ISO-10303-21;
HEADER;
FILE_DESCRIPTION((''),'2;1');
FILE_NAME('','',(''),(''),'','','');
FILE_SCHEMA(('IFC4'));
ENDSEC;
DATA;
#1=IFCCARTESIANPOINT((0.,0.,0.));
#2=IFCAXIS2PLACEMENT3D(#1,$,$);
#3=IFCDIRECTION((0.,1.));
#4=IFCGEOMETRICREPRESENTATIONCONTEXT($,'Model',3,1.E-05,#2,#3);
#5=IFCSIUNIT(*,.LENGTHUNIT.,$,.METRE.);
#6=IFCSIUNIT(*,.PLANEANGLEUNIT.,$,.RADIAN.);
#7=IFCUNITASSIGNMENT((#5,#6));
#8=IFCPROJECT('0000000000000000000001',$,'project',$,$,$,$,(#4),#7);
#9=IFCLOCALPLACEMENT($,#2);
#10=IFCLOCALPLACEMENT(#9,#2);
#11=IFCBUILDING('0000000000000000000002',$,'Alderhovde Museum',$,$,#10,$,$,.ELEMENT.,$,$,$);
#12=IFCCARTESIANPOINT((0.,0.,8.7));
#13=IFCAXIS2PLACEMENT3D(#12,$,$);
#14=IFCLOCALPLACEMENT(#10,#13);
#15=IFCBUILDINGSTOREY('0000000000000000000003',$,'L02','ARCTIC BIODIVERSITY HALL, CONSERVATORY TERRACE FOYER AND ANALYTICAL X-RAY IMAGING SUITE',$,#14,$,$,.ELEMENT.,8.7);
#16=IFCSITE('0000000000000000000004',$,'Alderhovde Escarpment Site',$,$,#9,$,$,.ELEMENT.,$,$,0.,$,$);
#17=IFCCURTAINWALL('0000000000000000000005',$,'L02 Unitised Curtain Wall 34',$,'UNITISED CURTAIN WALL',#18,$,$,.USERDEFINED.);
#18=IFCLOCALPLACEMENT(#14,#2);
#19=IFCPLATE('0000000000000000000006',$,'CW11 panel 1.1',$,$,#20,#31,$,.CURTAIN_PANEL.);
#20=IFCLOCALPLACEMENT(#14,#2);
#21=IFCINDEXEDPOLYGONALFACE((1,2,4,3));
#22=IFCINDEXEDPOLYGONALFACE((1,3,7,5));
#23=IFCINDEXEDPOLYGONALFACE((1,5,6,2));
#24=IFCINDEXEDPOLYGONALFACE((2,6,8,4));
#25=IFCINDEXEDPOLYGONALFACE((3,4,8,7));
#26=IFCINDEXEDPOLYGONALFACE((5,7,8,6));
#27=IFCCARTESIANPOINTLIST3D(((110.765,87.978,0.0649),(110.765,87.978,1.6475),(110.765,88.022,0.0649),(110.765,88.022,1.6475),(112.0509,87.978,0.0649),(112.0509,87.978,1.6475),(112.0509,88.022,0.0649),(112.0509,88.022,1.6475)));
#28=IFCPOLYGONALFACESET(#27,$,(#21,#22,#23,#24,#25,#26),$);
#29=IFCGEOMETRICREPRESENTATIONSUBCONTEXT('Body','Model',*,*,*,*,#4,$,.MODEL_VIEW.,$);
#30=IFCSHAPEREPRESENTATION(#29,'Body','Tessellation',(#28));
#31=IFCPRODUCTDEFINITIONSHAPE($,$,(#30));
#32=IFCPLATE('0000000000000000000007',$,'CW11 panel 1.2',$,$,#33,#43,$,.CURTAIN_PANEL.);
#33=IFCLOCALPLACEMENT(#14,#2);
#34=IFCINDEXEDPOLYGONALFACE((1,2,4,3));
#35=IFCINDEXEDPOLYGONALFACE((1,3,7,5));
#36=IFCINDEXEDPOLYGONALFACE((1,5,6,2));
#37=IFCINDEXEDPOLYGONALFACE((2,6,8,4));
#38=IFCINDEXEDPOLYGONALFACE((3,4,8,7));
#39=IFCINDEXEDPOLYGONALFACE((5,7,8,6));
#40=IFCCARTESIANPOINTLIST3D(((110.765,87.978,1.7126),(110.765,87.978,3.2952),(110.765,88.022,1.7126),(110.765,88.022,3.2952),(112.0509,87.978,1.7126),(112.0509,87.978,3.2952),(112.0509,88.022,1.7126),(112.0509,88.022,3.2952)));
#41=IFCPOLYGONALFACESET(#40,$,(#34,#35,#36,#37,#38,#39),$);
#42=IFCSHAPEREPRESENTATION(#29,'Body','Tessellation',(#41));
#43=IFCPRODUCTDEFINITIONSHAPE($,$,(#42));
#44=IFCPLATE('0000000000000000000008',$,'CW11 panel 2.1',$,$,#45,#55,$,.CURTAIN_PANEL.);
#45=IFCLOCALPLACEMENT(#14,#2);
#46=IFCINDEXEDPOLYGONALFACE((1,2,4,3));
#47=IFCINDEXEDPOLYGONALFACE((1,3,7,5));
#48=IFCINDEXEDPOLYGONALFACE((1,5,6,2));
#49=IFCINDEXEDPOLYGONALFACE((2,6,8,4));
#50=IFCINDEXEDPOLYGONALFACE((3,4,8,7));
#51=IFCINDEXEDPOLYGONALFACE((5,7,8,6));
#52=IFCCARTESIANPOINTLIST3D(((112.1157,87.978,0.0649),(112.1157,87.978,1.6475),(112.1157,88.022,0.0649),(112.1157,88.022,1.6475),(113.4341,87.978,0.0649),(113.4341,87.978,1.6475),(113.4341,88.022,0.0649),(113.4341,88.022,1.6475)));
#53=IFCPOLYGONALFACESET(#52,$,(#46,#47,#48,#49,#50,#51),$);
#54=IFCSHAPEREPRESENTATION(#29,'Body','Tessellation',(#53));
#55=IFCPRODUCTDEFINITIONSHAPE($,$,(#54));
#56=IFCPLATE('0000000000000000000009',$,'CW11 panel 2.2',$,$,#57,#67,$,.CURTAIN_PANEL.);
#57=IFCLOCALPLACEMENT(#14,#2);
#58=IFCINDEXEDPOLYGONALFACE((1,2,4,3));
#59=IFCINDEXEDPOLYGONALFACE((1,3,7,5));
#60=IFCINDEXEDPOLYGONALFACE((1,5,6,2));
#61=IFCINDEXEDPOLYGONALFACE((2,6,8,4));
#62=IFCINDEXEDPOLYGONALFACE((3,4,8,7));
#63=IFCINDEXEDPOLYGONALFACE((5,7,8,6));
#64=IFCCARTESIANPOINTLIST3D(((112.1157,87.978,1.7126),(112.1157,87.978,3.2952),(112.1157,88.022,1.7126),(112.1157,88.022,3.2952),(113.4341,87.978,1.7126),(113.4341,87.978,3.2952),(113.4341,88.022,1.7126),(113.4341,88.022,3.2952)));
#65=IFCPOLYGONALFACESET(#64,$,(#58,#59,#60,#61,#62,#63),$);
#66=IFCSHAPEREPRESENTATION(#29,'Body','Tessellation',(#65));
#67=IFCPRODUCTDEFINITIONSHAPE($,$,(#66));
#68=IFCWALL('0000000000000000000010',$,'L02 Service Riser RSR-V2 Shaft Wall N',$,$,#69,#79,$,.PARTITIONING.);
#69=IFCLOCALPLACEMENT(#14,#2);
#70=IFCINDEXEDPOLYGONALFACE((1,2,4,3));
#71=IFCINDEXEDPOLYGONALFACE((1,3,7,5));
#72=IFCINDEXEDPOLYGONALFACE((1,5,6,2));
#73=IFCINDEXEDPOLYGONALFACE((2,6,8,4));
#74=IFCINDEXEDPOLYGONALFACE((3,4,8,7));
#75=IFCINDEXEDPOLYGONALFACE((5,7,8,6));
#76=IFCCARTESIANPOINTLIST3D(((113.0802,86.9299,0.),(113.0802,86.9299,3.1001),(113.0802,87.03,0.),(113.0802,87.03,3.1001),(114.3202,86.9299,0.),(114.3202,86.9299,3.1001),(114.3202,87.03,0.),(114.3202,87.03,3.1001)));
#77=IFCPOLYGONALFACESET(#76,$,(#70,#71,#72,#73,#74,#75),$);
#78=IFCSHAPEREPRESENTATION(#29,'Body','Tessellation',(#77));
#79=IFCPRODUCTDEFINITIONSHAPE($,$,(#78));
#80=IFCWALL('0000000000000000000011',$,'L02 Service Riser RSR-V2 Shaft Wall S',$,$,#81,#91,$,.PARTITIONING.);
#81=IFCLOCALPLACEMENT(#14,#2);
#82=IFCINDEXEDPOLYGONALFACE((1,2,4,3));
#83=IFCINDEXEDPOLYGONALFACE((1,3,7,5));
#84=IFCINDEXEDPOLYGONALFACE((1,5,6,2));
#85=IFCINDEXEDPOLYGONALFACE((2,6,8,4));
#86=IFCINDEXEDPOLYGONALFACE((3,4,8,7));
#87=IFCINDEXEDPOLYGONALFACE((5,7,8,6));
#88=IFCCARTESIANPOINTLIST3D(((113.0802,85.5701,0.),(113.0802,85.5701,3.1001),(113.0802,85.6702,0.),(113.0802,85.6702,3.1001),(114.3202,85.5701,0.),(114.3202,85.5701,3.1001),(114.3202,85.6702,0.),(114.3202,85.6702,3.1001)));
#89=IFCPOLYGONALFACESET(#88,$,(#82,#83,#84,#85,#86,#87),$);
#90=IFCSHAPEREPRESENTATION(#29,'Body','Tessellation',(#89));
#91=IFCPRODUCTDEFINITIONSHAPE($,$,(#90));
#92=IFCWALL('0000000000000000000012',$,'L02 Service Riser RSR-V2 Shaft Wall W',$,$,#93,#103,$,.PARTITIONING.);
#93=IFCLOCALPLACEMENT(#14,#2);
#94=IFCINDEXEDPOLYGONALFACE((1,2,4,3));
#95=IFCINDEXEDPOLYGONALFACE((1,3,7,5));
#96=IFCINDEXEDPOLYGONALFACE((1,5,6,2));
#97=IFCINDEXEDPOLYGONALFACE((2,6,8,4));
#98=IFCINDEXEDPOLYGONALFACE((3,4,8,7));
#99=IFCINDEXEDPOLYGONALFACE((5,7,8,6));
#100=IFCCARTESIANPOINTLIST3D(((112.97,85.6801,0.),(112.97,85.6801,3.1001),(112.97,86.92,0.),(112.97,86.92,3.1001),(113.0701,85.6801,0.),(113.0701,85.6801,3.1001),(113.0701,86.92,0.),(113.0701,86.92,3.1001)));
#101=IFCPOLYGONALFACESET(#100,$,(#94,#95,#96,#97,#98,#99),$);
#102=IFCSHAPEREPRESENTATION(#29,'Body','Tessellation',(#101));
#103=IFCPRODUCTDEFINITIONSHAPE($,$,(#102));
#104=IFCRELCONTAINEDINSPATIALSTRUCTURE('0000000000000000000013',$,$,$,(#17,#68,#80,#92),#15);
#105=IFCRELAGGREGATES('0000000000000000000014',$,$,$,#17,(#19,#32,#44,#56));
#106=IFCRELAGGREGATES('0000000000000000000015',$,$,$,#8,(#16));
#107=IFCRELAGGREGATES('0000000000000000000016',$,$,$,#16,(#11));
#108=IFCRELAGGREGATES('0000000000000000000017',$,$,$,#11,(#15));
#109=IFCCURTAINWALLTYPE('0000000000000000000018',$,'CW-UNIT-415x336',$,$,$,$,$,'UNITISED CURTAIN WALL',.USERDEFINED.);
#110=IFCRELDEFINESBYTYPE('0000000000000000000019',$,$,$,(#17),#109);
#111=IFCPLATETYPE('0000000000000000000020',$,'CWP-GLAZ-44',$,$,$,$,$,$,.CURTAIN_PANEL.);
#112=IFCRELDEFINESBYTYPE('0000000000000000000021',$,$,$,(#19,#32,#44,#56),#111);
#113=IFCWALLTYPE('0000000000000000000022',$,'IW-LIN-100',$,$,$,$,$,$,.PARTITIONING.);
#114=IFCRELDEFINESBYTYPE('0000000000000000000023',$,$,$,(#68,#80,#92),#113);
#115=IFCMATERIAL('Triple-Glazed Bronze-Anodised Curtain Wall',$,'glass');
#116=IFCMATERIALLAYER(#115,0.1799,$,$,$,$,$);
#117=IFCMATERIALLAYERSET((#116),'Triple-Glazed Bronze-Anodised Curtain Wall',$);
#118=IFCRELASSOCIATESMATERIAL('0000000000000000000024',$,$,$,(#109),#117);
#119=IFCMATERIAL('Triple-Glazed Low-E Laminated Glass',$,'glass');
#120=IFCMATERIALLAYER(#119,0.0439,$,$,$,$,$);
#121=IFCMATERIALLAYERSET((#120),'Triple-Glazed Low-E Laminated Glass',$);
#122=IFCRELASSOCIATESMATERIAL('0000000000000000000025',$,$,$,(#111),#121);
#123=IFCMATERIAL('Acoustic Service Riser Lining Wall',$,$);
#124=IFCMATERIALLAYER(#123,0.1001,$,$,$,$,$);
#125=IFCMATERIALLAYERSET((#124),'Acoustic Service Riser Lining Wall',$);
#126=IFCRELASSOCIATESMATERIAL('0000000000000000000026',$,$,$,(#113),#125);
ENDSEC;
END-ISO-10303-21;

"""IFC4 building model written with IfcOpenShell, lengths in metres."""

from ifc_helpers import new_model, si_unit, direction, frame, frame_2d, origin, origin_2d, place, context, subcontext, project, spatial, rectangle, extrude, material, layer, layer_set, type_object, element, aggregate, save


model = new_model("IFC4")

# Units and contexts
model_context = context("Model", 3, precision=1e-05, world=origin(), true_north=direction((0.0, 1.0)))
body_context = subcontext(model_context, "Body", "Model", "MODEL_VIEW")
ifc_project = project(units=[si_unit("LENGTHUNIT", "METRE"), si_unit("PLANEANGLEUNIT", "RADIAN")], contexts=[model_context])

# Site, building, storey
site_placement = place(None, origin())
site = spatial("IfcSite", under=ifc_project, at=site_placement, Name="Alderhovde Escarpment Site", CompositionType="ELEMENT", RefElevation=0.0)
building_placement = place(site_placement, origin())
building = spatial("IfcBuilding", under=site, at=building_placement, Name="Alderhovde Museum", CompositionType="ELEMENT")
storey_placement = place(building_placement, frame((0.0, 0.0, 8.7)))
storey = spatial("IfcBuildingStorey", under=building, at=storey_placement, Name="L02", Description="ARCTIC BIODIVERSITY HALL, CONSERVATORY TERRACE FOYER AND ANALYTICAL X-RAY IMAGING SUITE", CompositionType="ELEMENT", Elevation=8.7)

# Curtain wall
ifc_material_1 = material(Name="Triple-Glazed Bronze-Anodised Curtain Wall", Category="glass")
ifc_layer_1 = layer(ifc_material_1, 0.1799)
ifc_layer_set_1 = layer_set([ifc_layer_1], Name="Triple-Glazed Bronze-Anodised Curtain Wall")
curtain_wall_type_1 = type_object("IfcCurtainWallType", Name="CW-UNIT-415x336", ElementType="UNITISED CURTAIN WALL", PredefinedType="USERDEFINED", material=ifc_layer_set_1)
curtain_wall_1_placement = place(storey_placement, origin())
curtain_wall_1 = element("IfcCurtainWall", 1, at=curtain_wall_1_placement, inside=storey, type_object=curtain_wall_type_1, Name="L02 Unitised Curtain Wall 34", ObjectType="UNITISED CURTAIN WALL", PredefinedType="USERDEFINED")

# Plates
ifc_material_2 = material(Name="Triple-Glazed Low-E Laminated Glass", Category="glass")
ifc_layer_2 = layer(ifc_material_2, 0.0439)
ifc_layer_set_2 = layer_set([ifc_layer_2], Name="Triple-Glazed Low-E Laminated Glass")
plate_type_1 = type_object("IfcPlateType", Name="CWP-GLAZ-44", PredefinedType="CURTAIN_PANEL", material=ifc_layer_set_2)
plate_1_placement = place(storey_placement, frame((111.408, 88.0, 0.0649), z_axis=(0.0, 0.0, 1.0), x_axis=(1.0, 0.0, 0.0)))
plate_1 = element("IfcPlate", 2, at=plate_1_placement, type_object=plate_type_1, Name="CW11 panel 1.1", PredefinedType="CURTAIN_PANEL", context=body_context, shape_type="SweptSolid", body=[
    extrude(rectangle(XDim=1.2859, YDim=0.0439, at=origin_2d()), origin(), (0.0, 0.0, 1.0), 1.5825),
])
plate_2_placement = place(storey_placement, frame((111.408, 88.0, 1.7126), z_axis=(0.0, 0.0, 1.0), x_axis=(1.0, 0.0, 0.0)))
plate_2 = element("IfcPlate", 3, at=plate_2_placement, type_object=plate_type_1, Name="CW11 panel 1.2", PredefinedType="CURTAIN_PANEL", context=body_context, shape_type="SweptSolid", body=[
    extrude(rectangle(XDim=1.2859, YDim=0.0439, at=origin_2d()), origin(), (0.0, 0.0, 1.0), 1.5825),
])
plate_3_placement = place(storey_placement, frame((112.7749, 88.0, 0.0649), z_axis=(0.0, 0.0, 1.0), x_axis=(1.0, 0.0, 0.0)))
plate_3 = element("IfcPlate", 4, at=plate_3_placement, type_object=plate_type_1, Name="CW11 panel 2.1", PredefinedType="CURTAIN_PANEL", context=body_context, shape_type="SweptSolid", body=[
    extrude(rectangle(XDim=1.3184, YDim=0.0439, at=origin_2d()), origin(), (0.0, 0.0, 1.0), 1.5825),
])
plate_4_placement = place(storey_placement, frame((112.7749, 88.0, 1.7126), z_axis=(0.0, 0.0, 1.0), x_axis=(1.0, 0.0, 0.0)))
plate_4 = element("IfcPlate", 5, at=plate_4_placement, type_object=plate_type_1, Name="CW11 panel 2.2", PredefinedType="CURTAIN_PANEL", context=body_context, shape_type="SweptSolid", body=[
    extrude(rectangle(XDim=1.3184, YDim=0.0439, at=origin_2d()), origin(), (0.0, 0.0, 1.0), 1.5825),
])
aggregate(curtain_wall_1, [plate_1, plate_2, plate_3, plate_4])

# Walls
ifc_material_3 = material(Name="Acoustic Service Riser Lining Wall")
ifc_layer_3 = layer(ifc_material_3, 0.1001)
ifc_layer_set_3 = layer_set([ifc_layer_3], Name="Acoustic Service Riser Lining Wall")
wall_type = type_object("IfcWallType", Name="IW-LIN-100", PredefinedType="PARTITIONING", material=ifc_layer_set_3)
for number, where, z_axis, x_axis, name in (
    (6, (113.0801, 86.98, 0.0), (0.0, 0.0, 1.0), (1.0, 0.0, 0.0), "L02 Service Riser RSR-V2 Shaft Wall N"),
    (7, (113.0801, 85.6201, 0.0), (0.0, 0.0, 1.0), (1.0, 0.0, 0.0), "L02 Service Riser RSR-V2 Shaft Wall S"),
    (8, (113.02, 85.6799, 0.0), (0.0, 0.0, 1.0), (0.0, 1.0, 0.0), "L02 Service Riser RSR-V2 Shaft Wall W"),
):
    element("IfcWall", number, at=place(storey_placement, frame(where, z_axis=z_axis, x_axis=x_axis)), inside=storey, type_object=wall_type, Name=name, PredefinedType="PARTITIONING", context=body_context, shape_type="SweptSolid", body=[
        extrude(rectangle(XDim=1.24, YDim=0.1001, at=frame_2d((0.6201, 0.0))), origin(), (0.0, 0.0, 1.0), 3.1001),
    ])

save(model, "model.ifc")
